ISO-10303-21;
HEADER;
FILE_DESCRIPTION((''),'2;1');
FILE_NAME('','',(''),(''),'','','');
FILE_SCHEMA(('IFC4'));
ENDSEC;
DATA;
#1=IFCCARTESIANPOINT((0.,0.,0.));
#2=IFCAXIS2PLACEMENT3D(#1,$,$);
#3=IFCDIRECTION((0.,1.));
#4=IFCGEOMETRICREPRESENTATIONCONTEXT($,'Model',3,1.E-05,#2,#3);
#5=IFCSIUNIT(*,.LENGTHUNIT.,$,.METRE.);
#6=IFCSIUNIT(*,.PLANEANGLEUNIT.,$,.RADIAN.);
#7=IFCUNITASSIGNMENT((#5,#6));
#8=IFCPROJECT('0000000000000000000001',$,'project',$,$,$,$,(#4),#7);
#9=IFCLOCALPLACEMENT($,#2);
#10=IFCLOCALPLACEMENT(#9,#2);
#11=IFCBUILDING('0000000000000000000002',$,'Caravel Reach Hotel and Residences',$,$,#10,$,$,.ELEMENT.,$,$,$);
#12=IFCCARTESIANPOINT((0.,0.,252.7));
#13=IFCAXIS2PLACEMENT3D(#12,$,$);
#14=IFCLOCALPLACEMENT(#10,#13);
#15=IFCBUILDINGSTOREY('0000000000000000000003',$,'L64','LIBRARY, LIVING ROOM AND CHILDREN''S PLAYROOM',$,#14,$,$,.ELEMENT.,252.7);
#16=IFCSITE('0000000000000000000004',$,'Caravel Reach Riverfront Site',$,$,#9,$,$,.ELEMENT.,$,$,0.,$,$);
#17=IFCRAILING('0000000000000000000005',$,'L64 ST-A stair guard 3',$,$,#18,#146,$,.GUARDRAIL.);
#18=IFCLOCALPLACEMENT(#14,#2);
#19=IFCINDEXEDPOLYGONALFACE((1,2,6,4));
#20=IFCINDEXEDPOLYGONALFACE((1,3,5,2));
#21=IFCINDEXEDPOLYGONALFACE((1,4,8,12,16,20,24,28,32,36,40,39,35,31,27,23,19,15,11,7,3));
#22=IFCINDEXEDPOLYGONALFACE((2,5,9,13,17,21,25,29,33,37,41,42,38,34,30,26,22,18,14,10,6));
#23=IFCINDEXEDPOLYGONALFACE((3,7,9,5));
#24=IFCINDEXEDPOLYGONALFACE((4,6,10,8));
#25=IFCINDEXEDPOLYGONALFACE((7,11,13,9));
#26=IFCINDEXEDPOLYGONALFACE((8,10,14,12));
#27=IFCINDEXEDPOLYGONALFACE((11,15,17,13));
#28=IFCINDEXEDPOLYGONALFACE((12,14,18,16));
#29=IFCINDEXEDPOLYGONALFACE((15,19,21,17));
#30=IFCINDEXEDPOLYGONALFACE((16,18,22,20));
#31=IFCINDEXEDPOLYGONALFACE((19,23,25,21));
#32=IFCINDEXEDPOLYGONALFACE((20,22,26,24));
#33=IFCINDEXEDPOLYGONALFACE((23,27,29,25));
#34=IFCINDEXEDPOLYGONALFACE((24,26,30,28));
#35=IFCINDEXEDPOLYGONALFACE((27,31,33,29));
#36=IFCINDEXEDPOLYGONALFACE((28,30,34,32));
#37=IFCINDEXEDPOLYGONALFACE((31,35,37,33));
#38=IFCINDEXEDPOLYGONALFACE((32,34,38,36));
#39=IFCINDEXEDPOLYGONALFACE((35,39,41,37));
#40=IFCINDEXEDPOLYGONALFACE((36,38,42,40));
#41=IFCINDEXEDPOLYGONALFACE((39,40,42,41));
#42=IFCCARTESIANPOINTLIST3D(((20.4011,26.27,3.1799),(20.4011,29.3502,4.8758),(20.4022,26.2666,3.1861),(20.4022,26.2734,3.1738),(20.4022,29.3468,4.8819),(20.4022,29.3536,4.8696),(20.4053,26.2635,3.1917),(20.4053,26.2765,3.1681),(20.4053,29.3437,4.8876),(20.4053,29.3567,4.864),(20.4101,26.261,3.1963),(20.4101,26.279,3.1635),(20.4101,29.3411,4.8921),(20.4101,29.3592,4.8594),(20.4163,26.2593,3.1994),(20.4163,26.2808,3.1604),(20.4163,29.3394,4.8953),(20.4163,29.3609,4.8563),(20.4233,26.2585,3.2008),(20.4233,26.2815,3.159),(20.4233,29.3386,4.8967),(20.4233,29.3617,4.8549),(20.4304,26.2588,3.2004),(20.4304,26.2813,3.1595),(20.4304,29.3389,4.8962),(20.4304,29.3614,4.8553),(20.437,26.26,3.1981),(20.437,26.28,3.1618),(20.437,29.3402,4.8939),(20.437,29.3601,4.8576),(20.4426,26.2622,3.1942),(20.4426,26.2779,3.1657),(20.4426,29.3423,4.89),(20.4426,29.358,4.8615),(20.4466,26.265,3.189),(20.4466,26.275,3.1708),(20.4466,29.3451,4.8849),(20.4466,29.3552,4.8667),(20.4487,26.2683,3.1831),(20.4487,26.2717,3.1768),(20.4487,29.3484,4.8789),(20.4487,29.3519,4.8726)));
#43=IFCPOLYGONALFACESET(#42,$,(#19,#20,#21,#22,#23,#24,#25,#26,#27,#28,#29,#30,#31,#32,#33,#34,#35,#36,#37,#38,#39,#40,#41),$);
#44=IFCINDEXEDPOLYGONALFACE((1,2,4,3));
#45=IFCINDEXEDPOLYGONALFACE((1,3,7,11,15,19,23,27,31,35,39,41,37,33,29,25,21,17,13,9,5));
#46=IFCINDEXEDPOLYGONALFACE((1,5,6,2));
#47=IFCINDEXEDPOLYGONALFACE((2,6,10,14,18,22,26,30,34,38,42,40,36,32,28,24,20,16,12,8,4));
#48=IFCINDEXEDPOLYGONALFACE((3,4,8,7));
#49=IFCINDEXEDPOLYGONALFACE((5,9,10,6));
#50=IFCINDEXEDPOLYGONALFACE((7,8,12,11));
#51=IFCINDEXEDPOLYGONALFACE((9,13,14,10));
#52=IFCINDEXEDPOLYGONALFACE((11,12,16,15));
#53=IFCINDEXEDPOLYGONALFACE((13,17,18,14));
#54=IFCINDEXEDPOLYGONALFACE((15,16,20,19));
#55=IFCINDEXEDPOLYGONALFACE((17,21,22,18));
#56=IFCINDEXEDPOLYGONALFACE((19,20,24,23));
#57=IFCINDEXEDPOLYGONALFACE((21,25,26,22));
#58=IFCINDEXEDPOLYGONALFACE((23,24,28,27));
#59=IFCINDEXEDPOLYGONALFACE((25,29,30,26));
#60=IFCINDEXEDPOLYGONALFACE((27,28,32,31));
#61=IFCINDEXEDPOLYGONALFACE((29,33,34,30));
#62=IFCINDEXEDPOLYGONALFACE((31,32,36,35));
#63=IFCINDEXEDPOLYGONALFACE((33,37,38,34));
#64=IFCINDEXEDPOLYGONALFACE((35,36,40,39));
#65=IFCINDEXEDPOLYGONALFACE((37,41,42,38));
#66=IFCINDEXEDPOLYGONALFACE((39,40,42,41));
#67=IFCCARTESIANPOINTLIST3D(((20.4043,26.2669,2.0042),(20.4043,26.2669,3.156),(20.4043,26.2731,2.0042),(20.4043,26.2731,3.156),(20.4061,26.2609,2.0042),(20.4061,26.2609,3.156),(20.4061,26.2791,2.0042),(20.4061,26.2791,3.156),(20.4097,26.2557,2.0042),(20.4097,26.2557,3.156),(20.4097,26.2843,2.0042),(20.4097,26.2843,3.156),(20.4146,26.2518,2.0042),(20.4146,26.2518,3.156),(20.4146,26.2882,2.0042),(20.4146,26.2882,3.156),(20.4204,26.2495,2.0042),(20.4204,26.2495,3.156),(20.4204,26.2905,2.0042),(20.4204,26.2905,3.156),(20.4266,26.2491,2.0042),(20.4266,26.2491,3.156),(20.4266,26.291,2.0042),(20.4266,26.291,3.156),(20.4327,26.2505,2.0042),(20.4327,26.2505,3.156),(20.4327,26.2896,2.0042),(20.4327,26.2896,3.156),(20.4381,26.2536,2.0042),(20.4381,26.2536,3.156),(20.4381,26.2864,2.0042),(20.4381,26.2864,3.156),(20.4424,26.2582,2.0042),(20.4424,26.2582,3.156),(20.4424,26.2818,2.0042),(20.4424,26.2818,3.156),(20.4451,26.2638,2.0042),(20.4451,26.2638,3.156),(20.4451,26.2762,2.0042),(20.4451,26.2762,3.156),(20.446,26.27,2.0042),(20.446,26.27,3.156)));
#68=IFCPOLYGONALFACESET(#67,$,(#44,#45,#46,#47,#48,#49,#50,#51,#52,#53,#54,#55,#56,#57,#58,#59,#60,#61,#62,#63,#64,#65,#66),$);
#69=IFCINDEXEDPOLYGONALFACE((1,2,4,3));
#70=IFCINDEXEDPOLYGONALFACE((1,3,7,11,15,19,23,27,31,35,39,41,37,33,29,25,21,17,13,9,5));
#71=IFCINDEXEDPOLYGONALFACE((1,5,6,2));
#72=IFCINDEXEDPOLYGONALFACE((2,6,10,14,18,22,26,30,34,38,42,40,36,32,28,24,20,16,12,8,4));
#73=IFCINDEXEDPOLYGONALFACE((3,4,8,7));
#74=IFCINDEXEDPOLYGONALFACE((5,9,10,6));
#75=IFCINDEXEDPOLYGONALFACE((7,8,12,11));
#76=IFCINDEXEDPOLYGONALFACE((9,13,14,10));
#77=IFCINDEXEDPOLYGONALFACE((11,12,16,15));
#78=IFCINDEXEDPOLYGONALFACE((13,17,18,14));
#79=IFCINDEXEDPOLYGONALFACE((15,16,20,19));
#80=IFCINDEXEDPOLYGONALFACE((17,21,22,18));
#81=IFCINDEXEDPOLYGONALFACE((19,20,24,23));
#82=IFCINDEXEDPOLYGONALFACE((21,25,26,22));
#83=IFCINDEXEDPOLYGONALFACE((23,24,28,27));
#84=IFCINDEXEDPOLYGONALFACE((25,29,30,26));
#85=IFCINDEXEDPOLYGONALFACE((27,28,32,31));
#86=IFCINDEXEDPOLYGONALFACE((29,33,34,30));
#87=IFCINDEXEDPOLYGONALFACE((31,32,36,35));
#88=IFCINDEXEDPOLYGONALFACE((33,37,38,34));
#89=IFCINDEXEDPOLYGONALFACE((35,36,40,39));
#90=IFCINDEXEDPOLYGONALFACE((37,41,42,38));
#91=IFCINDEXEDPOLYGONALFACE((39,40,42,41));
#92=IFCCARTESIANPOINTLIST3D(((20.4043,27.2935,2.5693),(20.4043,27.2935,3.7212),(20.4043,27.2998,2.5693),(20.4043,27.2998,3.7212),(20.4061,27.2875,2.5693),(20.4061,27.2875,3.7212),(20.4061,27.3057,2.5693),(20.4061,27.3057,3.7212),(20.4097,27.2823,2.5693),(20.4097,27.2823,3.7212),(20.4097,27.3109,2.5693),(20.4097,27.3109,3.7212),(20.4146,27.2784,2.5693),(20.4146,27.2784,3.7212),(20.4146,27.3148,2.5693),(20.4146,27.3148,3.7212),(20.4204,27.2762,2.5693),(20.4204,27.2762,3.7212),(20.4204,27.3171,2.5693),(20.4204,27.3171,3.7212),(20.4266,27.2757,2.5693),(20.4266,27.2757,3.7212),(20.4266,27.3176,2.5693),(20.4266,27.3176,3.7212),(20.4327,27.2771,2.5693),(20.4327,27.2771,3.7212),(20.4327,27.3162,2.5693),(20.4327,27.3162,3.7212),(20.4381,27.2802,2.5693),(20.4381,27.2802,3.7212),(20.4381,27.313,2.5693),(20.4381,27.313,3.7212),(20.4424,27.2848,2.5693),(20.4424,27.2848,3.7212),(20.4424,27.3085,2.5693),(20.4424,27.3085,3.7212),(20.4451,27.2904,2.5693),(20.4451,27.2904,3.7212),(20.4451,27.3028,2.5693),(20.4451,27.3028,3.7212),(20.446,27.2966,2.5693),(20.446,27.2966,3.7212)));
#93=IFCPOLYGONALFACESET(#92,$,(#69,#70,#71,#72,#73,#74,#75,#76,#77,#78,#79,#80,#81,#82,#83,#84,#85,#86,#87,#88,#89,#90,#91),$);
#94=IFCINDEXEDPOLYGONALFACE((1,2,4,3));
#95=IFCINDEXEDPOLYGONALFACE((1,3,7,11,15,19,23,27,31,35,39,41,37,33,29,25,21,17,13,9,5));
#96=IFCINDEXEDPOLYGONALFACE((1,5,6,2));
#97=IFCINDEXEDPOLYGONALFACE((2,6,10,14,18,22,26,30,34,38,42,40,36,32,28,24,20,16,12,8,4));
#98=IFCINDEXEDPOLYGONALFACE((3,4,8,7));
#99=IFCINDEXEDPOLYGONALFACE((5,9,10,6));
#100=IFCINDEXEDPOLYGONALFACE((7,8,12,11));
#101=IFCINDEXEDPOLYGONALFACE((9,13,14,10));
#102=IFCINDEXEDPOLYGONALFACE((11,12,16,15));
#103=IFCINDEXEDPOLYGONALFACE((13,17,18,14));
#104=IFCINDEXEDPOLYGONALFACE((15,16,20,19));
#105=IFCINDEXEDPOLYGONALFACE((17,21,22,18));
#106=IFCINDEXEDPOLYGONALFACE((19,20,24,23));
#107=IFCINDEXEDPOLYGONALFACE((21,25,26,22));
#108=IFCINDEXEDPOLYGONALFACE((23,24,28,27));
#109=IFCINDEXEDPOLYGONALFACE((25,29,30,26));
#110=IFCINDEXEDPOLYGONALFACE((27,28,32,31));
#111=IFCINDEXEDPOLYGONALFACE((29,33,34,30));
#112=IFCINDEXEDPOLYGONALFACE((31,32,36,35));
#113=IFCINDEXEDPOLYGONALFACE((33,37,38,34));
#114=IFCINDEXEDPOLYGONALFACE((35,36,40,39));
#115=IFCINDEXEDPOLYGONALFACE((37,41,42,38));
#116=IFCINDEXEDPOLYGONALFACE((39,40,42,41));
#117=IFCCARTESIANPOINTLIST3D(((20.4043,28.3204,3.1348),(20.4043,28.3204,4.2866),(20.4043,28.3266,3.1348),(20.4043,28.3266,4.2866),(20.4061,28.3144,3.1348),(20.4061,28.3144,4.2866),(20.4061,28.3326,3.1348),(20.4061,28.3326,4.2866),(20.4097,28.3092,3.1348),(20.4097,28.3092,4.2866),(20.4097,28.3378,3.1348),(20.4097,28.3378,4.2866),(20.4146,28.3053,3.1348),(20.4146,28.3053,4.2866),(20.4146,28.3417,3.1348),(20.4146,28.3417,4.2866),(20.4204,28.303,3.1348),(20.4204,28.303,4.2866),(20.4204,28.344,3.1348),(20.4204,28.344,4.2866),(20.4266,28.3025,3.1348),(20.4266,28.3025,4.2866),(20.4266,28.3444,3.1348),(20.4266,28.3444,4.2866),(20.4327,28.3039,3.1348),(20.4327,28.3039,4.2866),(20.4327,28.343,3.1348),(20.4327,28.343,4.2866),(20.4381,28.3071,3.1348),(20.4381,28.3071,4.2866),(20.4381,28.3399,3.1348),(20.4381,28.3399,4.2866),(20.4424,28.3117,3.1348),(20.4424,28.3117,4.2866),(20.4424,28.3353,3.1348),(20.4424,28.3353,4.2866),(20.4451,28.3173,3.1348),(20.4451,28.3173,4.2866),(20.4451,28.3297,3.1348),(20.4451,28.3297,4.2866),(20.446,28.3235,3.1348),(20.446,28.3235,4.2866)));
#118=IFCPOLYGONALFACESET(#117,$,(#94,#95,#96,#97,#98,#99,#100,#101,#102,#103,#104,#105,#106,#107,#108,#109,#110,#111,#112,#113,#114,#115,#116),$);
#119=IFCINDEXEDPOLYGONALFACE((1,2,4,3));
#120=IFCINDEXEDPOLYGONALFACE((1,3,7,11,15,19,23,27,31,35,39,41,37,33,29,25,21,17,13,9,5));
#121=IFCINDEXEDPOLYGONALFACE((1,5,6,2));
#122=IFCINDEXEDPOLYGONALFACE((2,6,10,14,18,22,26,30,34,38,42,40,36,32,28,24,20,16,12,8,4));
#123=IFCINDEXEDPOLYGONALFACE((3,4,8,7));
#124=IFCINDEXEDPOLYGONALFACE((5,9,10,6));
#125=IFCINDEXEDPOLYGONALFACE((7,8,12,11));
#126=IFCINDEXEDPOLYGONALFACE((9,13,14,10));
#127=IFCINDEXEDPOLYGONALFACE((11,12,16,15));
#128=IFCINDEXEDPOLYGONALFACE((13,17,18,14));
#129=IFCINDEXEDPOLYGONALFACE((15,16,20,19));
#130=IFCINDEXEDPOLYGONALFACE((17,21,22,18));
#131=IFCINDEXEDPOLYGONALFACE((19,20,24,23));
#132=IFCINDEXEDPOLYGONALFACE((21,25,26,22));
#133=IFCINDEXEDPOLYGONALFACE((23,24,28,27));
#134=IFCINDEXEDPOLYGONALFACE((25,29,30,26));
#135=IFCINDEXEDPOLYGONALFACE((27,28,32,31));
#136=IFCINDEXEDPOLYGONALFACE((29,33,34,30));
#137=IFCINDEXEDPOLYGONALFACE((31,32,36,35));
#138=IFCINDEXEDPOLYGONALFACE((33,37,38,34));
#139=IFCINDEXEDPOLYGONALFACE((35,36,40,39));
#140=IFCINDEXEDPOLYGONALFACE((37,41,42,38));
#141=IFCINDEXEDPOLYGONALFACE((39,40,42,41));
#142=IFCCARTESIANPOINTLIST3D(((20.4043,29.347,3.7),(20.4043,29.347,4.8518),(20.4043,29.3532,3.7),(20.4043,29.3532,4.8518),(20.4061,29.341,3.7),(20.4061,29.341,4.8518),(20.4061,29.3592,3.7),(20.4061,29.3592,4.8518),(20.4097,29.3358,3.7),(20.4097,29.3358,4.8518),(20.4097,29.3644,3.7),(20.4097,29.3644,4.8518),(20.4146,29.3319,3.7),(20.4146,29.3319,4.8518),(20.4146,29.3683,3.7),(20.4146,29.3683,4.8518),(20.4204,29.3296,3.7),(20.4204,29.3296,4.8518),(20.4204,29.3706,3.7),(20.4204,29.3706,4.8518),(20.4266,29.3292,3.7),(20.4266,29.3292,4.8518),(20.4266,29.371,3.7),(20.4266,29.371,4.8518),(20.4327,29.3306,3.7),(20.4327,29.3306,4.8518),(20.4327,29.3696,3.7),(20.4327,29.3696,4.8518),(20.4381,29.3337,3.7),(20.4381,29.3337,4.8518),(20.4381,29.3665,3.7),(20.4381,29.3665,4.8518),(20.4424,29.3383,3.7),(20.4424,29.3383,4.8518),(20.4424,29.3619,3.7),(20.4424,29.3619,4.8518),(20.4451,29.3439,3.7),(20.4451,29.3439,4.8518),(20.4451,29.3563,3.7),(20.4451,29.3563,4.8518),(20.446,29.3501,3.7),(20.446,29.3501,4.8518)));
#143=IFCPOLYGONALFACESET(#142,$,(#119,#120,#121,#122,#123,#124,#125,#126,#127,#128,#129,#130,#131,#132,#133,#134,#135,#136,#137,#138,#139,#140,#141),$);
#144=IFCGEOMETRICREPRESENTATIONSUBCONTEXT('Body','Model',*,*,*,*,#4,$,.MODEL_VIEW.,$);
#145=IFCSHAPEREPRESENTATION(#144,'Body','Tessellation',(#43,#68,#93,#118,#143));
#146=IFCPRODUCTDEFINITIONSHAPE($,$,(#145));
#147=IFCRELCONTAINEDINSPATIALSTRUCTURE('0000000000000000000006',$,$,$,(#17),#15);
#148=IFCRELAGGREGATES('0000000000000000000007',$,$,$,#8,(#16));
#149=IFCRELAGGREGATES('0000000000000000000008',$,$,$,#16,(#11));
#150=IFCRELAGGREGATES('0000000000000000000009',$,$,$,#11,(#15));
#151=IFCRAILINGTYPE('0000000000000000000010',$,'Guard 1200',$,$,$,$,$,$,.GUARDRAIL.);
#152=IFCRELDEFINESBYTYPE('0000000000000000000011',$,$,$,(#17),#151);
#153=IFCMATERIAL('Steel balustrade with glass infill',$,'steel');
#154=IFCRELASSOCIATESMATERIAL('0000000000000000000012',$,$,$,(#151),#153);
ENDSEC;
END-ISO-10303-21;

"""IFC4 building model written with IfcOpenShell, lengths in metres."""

from ifc_helpers import new_model, si_unit, direction, frame, origin, origin_2d, place, context, subcontext, project, spatial, circle, extrude, material, type_object, element, save


model = new_model("IFC4")

# Units and contexts
model_context = context("Model", 3, precision=1e-05, world=origin(), true_north=direction((0.0, 1.0)))
body_context = subcontext(model_context, "Body", "Model", "MODEL_VIEW")
ifc_project = project(units=[si_unit("LENGTHUNIT", "METRE"), si_unit("PLANEANGLEUNIT", "RADIAN")], contexts=[model_context])

# Site, building, storey
site_placement = place(None, origin())
site = spatial("IfcSite", under=ifc_project, at=site_placement, Name="Caravel Reach Riverfront Site", CompositionType="ELEMENT", RefElevation=0.0)
building_placement = place(site_placement, origin())
building = spatial("IfcBuilding", under=site, at=building_placement, Name="Caravel Reach Hotel and Residences", CompositionType="ELEMENT")
storey_placement = place(building_placement, frame((0.0, 0.0, 252.7)))
storey = spatial("IfcBuildingStorey", under=building, at=storey_placement, Name="L64", Description="LIBRARY, LIVING ROOM AND CHILDREN'S PLAYROOM", CompositionType="ELEMENT", Elevation=252.7)

# Railing
ifc_material_1 = material(Name="Steel balustrade with glass infill", Category="steel")
railing_type_1 = type_object("IfcRailingType", Name="Guard 1200", PredefinedType="GUARDRAIL", material=ifc_material_1)
railing_1_placement = place(storey_placement, frame((20.425, 26.27, 2.0042)))
element("IfcRailing", 1, at=railing_1_placement, inside=storey, type_object=railing_type_1, Name="L64 ST-A stair guard 3", PredefinedType="GUARDRAIL", context=body_context, shape_type="SweptSolid", body=[
    extrude(circle(Radius=0.0239, at=origin_2d()), frame((0.0, 0.0, 1.1758), z_axis=(0.0, 0.876005, 0.482303), x_axis=(-1.0, 0.0, 0.0)), (0.0, 0.0, 1.0), 3.5161),
    extrude(circle(Radius=0.021, at=origin_2d()), origin(), (0.0, 0.0, 1.0), 1.1519),
    extrude(circle(Radius=0.021, at=origin_2d()), frame((0.0, 1.0266, 0.5652)), (0.0, 0.0, 1.0), 1.1519),
    extrude(circle(Radius=0.021, at=origin_2d()), frame((0.0, 2.0535, 1.1306)), (0.0, 0.0, 1.0), 1.1519),
    extrude(circle(Radius=0.021, at=origin_2d()), frame((0.0, 3.0801, 1.6958)), (0.0, 0.0, 1.0), 1.1519),
])

save(model, "model.ifc")
